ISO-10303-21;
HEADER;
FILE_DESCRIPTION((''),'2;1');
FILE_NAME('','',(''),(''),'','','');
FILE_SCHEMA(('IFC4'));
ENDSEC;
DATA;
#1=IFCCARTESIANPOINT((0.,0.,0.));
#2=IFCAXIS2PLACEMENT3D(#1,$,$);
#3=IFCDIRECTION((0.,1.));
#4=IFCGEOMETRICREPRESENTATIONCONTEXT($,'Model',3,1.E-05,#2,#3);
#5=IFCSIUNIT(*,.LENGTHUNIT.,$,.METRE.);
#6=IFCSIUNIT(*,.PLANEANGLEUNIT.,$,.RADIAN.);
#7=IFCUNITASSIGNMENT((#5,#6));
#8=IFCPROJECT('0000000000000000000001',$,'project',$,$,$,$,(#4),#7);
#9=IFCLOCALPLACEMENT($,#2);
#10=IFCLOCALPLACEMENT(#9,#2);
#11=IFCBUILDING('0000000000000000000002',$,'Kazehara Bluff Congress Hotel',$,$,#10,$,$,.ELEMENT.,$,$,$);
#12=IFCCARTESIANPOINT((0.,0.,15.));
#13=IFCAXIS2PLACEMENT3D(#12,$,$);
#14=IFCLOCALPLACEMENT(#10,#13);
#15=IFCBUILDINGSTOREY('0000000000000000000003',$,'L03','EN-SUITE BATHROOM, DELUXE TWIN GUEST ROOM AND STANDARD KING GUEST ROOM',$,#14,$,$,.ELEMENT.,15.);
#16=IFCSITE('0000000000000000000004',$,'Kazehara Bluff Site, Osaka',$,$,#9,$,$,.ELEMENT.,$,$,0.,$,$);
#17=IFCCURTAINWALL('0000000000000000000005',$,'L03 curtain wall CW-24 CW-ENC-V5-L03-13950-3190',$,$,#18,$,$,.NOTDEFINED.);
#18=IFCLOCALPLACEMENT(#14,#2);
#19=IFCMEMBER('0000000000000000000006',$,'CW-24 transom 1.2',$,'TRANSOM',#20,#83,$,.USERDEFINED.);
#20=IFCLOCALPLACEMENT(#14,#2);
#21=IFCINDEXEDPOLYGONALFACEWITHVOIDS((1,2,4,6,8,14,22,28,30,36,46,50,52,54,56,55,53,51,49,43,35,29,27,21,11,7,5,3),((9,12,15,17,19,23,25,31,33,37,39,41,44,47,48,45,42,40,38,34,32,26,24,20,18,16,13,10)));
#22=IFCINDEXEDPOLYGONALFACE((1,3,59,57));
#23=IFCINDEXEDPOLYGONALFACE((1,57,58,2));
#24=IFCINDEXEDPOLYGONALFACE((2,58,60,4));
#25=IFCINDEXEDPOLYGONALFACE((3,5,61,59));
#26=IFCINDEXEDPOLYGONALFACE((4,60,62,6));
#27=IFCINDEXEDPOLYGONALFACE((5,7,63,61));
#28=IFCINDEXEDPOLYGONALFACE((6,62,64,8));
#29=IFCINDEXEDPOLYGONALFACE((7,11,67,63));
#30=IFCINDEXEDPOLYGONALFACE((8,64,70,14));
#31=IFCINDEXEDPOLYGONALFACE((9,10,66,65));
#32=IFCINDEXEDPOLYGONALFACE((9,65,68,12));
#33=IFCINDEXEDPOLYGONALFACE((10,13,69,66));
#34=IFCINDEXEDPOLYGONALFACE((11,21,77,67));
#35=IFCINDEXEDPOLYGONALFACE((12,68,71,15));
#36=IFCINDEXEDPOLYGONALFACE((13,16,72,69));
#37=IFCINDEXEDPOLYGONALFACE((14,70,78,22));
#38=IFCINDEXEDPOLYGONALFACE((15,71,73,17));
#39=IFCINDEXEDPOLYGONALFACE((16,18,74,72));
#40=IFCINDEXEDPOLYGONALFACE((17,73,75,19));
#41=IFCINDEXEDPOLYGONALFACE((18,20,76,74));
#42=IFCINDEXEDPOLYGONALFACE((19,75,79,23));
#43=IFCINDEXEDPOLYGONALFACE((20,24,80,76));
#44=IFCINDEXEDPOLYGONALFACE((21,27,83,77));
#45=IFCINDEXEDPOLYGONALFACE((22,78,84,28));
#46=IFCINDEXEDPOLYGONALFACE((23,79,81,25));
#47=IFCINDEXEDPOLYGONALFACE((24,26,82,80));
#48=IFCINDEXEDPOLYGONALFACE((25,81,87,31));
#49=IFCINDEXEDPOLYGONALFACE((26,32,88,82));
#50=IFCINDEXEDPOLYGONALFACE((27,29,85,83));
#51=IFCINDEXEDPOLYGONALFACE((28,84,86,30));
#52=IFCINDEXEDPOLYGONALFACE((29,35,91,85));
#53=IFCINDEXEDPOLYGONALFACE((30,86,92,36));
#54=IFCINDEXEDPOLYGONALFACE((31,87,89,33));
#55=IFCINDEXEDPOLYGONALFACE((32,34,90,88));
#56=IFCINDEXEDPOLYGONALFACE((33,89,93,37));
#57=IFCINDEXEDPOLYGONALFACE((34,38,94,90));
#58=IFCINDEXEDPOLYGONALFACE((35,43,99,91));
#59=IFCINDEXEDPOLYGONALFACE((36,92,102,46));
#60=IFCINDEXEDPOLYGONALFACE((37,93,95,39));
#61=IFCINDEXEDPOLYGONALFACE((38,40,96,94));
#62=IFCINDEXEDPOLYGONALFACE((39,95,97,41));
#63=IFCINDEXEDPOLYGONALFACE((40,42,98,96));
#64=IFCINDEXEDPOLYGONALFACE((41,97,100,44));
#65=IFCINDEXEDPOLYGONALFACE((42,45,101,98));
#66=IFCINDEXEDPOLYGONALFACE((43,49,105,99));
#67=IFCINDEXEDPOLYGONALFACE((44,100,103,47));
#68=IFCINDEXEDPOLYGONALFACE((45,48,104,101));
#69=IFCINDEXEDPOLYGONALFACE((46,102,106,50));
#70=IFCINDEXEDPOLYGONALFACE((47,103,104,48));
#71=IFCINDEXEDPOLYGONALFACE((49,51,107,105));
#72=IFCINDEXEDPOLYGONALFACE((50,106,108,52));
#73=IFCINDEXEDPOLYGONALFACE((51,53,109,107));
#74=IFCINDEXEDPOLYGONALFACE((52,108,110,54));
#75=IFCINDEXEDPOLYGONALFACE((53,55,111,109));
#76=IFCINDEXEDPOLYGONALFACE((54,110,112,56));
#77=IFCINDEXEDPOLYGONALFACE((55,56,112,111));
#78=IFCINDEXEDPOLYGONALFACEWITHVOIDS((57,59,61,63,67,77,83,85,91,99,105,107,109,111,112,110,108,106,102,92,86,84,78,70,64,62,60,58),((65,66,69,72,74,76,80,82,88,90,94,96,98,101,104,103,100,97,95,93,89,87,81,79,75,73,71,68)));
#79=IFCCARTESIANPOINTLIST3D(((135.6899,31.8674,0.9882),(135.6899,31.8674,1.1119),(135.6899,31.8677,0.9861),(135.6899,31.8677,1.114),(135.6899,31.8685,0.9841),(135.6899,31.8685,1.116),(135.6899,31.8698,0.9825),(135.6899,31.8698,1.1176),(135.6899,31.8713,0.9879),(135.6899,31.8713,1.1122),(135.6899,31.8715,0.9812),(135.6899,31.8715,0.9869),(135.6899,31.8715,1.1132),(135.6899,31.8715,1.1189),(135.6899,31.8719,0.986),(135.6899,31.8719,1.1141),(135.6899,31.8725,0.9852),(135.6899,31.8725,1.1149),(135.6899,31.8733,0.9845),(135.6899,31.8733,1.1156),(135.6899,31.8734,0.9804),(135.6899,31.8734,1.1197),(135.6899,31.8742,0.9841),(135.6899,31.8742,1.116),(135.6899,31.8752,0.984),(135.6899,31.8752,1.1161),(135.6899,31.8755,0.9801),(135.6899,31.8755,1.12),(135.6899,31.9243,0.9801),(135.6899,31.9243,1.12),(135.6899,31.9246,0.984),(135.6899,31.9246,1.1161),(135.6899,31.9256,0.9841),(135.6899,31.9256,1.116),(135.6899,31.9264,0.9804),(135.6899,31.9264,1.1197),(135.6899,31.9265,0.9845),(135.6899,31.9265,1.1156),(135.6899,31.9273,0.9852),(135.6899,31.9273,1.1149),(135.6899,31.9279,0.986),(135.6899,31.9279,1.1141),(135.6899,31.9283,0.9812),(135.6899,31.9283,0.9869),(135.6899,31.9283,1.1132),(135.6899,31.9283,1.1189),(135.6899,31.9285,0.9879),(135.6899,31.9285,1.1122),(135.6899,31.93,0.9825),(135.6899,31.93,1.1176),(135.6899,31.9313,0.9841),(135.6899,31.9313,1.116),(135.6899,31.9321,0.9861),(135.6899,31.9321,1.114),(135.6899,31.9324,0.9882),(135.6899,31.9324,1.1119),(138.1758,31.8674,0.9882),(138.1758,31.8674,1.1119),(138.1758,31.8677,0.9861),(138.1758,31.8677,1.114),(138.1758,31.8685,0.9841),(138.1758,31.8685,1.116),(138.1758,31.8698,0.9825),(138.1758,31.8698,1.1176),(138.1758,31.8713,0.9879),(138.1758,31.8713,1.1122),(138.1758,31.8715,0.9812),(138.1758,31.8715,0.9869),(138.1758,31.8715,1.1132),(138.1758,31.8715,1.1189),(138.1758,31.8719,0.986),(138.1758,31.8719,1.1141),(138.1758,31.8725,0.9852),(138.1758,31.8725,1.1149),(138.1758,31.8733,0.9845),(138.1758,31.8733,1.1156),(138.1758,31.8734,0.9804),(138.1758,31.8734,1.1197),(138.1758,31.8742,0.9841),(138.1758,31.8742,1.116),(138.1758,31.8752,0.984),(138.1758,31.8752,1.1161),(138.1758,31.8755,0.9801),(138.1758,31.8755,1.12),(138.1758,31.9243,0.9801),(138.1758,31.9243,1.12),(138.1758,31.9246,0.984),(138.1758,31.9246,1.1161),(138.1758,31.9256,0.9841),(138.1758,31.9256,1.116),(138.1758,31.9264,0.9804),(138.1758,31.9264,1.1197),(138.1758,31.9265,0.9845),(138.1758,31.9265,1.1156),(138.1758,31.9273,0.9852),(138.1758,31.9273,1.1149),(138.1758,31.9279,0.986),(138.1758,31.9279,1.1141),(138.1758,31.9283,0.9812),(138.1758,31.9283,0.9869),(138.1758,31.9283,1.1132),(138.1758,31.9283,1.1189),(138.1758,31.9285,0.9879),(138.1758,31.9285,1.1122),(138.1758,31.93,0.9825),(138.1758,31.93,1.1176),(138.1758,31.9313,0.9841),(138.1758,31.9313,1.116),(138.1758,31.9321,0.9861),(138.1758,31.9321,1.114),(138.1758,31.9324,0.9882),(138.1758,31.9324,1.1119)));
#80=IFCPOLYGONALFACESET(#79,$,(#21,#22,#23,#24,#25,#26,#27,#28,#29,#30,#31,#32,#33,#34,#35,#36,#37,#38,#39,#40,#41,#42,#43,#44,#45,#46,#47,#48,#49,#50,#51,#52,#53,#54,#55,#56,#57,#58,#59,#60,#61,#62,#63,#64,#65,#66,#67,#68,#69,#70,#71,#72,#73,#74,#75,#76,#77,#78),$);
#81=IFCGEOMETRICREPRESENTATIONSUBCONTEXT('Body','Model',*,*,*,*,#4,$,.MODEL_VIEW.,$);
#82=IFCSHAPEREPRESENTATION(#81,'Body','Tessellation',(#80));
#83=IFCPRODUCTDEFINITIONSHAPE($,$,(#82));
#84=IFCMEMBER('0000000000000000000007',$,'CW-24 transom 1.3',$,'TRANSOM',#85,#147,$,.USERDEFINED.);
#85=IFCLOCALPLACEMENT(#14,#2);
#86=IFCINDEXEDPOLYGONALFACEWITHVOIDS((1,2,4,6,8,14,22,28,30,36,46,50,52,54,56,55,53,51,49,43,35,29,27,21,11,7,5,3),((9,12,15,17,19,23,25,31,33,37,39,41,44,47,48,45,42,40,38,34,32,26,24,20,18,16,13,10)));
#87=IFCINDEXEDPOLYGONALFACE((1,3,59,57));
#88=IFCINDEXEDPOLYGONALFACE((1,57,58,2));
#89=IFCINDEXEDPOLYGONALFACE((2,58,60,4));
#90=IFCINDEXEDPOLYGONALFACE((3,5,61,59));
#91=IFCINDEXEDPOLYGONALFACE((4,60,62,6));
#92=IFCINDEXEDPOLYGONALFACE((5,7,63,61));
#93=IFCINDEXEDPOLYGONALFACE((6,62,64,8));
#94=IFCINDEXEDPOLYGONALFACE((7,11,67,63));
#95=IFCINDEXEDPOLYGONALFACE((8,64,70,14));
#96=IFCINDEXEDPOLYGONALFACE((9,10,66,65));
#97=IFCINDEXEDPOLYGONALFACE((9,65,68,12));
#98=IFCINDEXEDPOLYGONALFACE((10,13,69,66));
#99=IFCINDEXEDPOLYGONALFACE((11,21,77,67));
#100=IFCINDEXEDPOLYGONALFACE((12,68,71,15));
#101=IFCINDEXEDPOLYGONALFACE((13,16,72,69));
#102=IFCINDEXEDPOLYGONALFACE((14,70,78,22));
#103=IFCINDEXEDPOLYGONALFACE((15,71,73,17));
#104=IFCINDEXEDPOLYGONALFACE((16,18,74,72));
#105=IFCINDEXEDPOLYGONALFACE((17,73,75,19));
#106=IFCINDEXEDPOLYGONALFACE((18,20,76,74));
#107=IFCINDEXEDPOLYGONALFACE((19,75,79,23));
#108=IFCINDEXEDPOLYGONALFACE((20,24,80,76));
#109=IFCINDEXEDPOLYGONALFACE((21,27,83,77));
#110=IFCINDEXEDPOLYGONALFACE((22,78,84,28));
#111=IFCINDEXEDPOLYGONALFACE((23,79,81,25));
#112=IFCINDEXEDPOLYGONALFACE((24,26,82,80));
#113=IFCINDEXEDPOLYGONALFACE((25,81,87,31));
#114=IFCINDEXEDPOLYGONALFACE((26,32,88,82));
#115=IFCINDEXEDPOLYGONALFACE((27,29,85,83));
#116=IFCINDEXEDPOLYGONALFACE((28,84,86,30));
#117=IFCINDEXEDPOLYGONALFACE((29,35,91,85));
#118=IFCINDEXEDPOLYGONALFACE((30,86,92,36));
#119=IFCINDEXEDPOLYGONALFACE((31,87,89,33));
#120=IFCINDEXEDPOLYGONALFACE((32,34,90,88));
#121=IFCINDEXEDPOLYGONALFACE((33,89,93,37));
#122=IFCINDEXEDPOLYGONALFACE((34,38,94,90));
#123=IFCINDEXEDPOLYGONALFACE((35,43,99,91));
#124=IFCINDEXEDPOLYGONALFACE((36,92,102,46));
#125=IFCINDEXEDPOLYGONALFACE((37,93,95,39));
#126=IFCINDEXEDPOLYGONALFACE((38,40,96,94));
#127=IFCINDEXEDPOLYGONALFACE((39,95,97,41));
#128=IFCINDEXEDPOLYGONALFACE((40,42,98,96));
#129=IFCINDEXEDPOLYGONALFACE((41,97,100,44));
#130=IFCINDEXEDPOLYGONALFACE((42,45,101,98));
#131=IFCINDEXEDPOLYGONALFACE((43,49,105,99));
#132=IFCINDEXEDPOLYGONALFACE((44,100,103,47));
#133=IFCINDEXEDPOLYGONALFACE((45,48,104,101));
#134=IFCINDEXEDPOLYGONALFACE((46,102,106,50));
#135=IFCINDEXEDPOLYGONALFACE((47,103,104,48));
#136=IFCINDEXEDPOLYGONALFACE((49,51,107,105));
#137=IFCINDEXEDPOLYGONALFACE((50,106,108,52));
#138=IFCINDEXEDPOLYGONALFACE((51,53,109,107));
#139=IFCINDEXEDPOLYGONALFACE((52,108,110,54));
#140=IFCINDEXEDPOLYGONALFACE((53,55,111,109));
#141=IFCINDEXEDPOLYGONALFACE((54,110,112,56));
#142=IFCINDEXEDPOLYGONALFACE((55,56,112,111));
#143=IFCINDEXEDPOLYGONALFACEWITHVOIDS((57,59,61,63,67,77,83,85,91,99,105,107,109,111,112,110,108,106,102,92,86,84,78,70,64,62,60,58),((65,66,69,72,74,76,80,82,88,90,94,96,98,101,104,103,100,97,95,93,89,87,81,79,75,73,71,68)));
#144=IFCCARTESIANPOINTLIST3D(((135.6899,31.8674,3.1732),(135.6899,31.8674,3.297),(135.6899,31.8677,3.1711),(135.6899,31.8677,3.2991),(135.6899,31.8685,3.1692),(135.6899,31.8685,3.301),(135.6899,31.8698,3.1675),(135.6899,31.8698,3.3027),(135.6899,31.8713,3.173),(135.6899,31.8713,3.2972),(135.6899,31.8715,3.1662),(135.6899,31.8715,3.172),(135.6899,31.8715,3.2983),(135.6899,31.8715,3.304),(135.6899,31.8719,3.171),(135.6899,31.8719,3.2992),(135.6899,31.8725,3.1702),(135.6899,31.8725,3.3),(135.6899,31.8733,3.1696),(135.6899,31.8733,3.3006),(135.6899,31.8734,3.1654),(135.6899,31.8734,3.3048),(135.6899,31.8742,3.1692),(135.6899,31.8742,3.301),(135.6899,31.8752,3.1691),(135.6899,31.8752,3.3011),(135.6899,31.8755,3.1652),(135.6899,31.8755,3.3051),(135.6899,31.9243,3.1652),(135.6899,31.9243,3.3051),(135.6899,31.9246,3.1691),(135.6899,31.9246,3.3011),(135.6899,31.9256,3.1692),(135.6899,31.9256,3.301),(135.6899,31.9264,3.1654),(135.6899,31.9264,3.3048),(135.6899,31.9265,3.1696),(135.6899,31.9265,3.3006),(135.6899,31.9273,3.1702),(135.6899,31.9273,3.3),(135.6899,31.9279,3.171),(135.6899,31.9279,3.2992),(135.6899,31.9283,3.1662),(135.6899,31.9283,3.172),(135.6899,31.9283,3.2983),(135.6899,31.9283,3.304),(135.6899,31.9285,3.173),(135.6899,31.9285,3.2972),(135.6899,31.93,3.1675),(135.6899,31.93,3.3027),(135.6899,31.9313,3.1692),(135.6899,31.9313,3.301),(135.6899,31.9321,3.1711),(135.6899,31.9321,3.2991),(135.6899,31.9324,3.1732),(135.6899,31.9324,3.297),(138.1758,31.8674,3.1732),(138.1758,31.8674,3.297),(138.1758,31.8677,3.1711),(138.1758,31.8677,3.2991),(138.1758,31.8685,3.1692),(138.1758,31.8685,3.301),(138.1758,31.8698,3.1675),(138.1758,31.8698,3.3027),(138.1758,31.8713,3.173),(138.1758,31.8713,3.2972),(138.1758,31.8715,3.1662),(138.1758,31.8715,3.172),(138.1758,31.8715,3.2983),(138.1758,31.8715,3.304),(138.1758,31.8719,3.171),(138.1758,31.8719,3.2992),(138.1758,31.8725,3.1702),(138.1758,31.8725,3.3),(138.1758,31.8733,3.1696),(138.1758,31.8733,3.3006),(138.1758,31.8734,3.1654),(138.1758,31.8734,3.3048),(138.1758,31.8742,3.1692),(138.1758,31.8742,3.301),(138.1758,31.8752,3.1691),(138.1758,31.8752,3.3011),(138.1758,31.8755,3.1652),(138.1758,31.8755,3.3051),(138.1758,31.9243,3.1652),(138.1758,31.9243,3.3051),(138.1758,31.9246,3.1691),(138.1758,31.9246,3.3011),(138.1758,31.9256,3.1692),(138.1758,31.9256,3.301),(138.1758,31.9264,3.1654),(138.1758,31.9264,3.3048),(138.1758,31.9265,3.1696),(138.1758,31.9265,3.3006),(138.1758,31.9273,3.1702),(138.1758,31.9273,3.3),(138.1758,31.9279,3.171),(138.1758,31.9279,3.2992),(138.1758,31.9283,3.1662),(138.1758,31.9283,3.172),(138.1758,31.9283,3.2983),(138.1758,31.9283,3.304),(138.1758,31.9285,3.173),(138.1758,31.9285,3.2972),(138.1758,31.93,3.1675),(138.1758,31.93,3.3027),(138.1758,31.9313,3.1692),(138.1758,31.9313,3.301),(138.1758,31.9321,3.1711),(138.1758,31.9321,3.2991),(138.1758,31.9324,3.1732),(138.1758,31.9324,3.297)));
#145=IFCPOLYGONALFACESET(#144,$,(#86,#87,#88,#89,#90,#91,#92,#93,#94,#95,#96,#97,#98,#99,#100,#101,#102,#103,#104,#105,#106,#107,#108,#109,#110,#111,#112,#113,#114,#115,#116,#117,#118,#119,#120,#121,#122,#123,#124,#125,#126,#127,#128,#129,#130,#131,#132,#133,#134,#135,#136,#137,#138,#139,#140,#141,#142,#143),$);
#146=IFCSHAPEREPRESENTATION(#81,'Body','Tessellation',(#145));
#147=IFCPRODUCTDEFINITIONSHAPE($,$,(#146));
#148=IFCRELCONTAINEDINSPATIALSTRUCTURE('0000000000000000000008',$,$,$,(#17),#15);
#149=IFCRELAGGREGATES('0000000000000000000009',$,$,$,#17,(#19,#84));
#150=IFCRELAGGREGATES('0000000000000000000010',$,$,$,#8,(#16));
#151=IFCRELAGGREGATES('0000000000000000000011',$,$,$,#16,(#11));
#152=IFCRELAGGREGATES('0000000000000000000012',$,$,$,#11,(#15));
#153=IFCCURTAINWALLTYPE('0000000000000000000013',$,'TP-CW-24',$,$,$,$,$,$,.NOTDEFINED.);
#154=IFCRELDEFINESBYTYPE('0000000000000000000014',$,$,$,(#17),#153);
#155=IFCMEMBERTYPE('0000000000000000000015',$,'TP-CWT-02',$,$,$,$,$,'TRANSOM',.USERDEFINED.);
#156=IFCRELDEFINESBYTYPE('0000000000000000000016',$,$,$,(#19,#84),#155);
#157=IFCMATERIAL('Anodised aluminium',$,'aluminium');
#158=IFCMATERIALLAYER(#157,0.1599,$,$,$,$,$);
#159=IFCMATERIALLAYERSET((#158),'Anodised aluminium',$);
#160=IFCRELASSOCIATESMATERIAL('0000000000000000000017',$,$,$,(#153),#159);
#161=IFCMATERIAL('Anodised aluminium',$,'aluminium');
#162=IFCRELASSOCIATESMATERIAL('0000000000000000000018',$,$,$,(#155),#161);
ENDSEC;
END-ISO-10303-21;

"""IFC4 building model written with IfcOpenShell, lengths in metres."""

from ifc_helpers import new_model, si_unit, direction, frame, origin, origin_2d, place, context, subcontext, project, spatial, hollow_rectangle, extrude, material, layer, layer_set, material_profile, profile_set, type_object, element, aggregate, save


model = new_model("IFC4")

# Units and contexts
model_context = context("Model", 3, precision=1e-05, world=origin(), true_north=direction((0.0, 1.0)))
body_context = subcontext(model_context, "Body", "Model", "MODEL_VIEW")
ifc_project = project(units=[si_unit("LENGTHUNIT", "METRE"), si_unit("PLANEANGLEUNIT", "RADIAN")], contexts=[model_context])

# Site, building, storey
site_placement = place(None, origin())
site = spatial("IfcSite", under=ifc_project, at=site_placement, Name="Kazehara Bluff Site, Osaka", CompositionType="ELEMENT", RefElevation=0.0)
building_placement = place(site_placement, origin())
building = spatial("IfcBuilding", under=site, at=building_placement, Name="Kazehara Bluff Congress Hotel", CompositionType="ELEMENT")
storey_placement = place(building_placement, frame((0.0, 0.0, 15.0)))
storey = spatial("IfcBuildingStorey", under=building, at=storey_placement, Name="L03", Description="EN-SUITE BATHROOM, DELUXE TWIN GUEST ROOM AND STANDARD KING GUEST ROOM", CompositionType="ELEMENT", Elevation=15.0)

# Shared definitions
ifc_material_1 = material(Name="Anodised aluminium", Category="aluminium")
ifc_layer_1 = layer(ifc_material_1, 0.1599)
ifc_layer_set_1 = layer_set([ifc_layer_1], Name="Anodised aluminium")
curtain_wall_type = type_object("IfcCurtainWallType", Name="TP-CW-24", PredefinedType="NOTDEFINED", material=ifc_layer_set_1)

# Curtain wall
curtain_wall_1_placement = place(storey_placement, origin())
curtain_wall_1 = element("IfcCurtainWall", 1, at=curtain_wall_1_placement, inside=storey, type_object=curtain_wall_type, Name="L03 curtain wall CW-24 CW-ENC-V5-L03-13950-3190", PredefinedType="NOTDEFINED")

# Members
ifc_material_2 = material(Name="Anodised aluminium", Category="aluminium")
ifc_material_profile_1 = material_profile(ifc_material_2, hollow_rectangle(XDim=0.0649, YDim=0.1399, WallThickness=0.0039, InnerFilletRadius=0.0039, OuterFilletRadius=0.0081, at=origin_2d()))
ifc_profile_set_1 = profile_set([ifc_material_profile_1], Name="Anodised aluminium")
member_type_1 = type_object("IfcMemberType", Name="TP-CWT-02", ElementType="TRANSOM", PredefinedType="USERDEFINED", material=ifc_profile_set_1)
member_1_placement = place(storey_placement, frame((135.6899, 31.8999, 1.05), z_axis=(1.0, 0.0, 0.0), x_axis=(0.0, 1.0, 0.0)))
member_1 = element("IfcMember", 2, at=member_1_placement, type_object=member_type_1, Name="CW-24 transom 1.2", ObjectType="TRANSOM", PredefinedType="USERDEFINED", context=body_context, shape_type="SweptSolid", body=[
    extrude(hollow_rectangle(XDim=0.0649, YDim=0.1399, WallThickness=0.0039, InnerFilletRadius=0.0039, OuterFilletRadius=0.0081, at=origin_2d()), origin(), (0.0, 0.0, 1.0), 2.4858),
])
member_2_placement = place(storey_placement, frame((135.6899, 31.8999, 3.2351), z_axis=(1.0, 0.0, 0.0), x_axis=(0.0, 1.0, 0.0)))
member_2 = element("IfcMember", 3, at=member_2_placement, type_object=member_type_1, Name="CW-24 transom 1.3", ObjectType="TRANSOM", PredefinedType="USERDEFINED", context=body_context, shape_type="SweptSolid", body=[
    extrude(hollow_rectangle(XDim=0.0649, YDim=0.1399, WallThickness=0.0039, InnerFilletRadius=0.0039, OuterFilletRadius=0.0081, at=origin_2d()), origin(), (0.0, 0.0, 1.0), 2.4858),
])

aggregate(curtain_wall_1, [member_1, member_2])

save(model, "model.ifc")
